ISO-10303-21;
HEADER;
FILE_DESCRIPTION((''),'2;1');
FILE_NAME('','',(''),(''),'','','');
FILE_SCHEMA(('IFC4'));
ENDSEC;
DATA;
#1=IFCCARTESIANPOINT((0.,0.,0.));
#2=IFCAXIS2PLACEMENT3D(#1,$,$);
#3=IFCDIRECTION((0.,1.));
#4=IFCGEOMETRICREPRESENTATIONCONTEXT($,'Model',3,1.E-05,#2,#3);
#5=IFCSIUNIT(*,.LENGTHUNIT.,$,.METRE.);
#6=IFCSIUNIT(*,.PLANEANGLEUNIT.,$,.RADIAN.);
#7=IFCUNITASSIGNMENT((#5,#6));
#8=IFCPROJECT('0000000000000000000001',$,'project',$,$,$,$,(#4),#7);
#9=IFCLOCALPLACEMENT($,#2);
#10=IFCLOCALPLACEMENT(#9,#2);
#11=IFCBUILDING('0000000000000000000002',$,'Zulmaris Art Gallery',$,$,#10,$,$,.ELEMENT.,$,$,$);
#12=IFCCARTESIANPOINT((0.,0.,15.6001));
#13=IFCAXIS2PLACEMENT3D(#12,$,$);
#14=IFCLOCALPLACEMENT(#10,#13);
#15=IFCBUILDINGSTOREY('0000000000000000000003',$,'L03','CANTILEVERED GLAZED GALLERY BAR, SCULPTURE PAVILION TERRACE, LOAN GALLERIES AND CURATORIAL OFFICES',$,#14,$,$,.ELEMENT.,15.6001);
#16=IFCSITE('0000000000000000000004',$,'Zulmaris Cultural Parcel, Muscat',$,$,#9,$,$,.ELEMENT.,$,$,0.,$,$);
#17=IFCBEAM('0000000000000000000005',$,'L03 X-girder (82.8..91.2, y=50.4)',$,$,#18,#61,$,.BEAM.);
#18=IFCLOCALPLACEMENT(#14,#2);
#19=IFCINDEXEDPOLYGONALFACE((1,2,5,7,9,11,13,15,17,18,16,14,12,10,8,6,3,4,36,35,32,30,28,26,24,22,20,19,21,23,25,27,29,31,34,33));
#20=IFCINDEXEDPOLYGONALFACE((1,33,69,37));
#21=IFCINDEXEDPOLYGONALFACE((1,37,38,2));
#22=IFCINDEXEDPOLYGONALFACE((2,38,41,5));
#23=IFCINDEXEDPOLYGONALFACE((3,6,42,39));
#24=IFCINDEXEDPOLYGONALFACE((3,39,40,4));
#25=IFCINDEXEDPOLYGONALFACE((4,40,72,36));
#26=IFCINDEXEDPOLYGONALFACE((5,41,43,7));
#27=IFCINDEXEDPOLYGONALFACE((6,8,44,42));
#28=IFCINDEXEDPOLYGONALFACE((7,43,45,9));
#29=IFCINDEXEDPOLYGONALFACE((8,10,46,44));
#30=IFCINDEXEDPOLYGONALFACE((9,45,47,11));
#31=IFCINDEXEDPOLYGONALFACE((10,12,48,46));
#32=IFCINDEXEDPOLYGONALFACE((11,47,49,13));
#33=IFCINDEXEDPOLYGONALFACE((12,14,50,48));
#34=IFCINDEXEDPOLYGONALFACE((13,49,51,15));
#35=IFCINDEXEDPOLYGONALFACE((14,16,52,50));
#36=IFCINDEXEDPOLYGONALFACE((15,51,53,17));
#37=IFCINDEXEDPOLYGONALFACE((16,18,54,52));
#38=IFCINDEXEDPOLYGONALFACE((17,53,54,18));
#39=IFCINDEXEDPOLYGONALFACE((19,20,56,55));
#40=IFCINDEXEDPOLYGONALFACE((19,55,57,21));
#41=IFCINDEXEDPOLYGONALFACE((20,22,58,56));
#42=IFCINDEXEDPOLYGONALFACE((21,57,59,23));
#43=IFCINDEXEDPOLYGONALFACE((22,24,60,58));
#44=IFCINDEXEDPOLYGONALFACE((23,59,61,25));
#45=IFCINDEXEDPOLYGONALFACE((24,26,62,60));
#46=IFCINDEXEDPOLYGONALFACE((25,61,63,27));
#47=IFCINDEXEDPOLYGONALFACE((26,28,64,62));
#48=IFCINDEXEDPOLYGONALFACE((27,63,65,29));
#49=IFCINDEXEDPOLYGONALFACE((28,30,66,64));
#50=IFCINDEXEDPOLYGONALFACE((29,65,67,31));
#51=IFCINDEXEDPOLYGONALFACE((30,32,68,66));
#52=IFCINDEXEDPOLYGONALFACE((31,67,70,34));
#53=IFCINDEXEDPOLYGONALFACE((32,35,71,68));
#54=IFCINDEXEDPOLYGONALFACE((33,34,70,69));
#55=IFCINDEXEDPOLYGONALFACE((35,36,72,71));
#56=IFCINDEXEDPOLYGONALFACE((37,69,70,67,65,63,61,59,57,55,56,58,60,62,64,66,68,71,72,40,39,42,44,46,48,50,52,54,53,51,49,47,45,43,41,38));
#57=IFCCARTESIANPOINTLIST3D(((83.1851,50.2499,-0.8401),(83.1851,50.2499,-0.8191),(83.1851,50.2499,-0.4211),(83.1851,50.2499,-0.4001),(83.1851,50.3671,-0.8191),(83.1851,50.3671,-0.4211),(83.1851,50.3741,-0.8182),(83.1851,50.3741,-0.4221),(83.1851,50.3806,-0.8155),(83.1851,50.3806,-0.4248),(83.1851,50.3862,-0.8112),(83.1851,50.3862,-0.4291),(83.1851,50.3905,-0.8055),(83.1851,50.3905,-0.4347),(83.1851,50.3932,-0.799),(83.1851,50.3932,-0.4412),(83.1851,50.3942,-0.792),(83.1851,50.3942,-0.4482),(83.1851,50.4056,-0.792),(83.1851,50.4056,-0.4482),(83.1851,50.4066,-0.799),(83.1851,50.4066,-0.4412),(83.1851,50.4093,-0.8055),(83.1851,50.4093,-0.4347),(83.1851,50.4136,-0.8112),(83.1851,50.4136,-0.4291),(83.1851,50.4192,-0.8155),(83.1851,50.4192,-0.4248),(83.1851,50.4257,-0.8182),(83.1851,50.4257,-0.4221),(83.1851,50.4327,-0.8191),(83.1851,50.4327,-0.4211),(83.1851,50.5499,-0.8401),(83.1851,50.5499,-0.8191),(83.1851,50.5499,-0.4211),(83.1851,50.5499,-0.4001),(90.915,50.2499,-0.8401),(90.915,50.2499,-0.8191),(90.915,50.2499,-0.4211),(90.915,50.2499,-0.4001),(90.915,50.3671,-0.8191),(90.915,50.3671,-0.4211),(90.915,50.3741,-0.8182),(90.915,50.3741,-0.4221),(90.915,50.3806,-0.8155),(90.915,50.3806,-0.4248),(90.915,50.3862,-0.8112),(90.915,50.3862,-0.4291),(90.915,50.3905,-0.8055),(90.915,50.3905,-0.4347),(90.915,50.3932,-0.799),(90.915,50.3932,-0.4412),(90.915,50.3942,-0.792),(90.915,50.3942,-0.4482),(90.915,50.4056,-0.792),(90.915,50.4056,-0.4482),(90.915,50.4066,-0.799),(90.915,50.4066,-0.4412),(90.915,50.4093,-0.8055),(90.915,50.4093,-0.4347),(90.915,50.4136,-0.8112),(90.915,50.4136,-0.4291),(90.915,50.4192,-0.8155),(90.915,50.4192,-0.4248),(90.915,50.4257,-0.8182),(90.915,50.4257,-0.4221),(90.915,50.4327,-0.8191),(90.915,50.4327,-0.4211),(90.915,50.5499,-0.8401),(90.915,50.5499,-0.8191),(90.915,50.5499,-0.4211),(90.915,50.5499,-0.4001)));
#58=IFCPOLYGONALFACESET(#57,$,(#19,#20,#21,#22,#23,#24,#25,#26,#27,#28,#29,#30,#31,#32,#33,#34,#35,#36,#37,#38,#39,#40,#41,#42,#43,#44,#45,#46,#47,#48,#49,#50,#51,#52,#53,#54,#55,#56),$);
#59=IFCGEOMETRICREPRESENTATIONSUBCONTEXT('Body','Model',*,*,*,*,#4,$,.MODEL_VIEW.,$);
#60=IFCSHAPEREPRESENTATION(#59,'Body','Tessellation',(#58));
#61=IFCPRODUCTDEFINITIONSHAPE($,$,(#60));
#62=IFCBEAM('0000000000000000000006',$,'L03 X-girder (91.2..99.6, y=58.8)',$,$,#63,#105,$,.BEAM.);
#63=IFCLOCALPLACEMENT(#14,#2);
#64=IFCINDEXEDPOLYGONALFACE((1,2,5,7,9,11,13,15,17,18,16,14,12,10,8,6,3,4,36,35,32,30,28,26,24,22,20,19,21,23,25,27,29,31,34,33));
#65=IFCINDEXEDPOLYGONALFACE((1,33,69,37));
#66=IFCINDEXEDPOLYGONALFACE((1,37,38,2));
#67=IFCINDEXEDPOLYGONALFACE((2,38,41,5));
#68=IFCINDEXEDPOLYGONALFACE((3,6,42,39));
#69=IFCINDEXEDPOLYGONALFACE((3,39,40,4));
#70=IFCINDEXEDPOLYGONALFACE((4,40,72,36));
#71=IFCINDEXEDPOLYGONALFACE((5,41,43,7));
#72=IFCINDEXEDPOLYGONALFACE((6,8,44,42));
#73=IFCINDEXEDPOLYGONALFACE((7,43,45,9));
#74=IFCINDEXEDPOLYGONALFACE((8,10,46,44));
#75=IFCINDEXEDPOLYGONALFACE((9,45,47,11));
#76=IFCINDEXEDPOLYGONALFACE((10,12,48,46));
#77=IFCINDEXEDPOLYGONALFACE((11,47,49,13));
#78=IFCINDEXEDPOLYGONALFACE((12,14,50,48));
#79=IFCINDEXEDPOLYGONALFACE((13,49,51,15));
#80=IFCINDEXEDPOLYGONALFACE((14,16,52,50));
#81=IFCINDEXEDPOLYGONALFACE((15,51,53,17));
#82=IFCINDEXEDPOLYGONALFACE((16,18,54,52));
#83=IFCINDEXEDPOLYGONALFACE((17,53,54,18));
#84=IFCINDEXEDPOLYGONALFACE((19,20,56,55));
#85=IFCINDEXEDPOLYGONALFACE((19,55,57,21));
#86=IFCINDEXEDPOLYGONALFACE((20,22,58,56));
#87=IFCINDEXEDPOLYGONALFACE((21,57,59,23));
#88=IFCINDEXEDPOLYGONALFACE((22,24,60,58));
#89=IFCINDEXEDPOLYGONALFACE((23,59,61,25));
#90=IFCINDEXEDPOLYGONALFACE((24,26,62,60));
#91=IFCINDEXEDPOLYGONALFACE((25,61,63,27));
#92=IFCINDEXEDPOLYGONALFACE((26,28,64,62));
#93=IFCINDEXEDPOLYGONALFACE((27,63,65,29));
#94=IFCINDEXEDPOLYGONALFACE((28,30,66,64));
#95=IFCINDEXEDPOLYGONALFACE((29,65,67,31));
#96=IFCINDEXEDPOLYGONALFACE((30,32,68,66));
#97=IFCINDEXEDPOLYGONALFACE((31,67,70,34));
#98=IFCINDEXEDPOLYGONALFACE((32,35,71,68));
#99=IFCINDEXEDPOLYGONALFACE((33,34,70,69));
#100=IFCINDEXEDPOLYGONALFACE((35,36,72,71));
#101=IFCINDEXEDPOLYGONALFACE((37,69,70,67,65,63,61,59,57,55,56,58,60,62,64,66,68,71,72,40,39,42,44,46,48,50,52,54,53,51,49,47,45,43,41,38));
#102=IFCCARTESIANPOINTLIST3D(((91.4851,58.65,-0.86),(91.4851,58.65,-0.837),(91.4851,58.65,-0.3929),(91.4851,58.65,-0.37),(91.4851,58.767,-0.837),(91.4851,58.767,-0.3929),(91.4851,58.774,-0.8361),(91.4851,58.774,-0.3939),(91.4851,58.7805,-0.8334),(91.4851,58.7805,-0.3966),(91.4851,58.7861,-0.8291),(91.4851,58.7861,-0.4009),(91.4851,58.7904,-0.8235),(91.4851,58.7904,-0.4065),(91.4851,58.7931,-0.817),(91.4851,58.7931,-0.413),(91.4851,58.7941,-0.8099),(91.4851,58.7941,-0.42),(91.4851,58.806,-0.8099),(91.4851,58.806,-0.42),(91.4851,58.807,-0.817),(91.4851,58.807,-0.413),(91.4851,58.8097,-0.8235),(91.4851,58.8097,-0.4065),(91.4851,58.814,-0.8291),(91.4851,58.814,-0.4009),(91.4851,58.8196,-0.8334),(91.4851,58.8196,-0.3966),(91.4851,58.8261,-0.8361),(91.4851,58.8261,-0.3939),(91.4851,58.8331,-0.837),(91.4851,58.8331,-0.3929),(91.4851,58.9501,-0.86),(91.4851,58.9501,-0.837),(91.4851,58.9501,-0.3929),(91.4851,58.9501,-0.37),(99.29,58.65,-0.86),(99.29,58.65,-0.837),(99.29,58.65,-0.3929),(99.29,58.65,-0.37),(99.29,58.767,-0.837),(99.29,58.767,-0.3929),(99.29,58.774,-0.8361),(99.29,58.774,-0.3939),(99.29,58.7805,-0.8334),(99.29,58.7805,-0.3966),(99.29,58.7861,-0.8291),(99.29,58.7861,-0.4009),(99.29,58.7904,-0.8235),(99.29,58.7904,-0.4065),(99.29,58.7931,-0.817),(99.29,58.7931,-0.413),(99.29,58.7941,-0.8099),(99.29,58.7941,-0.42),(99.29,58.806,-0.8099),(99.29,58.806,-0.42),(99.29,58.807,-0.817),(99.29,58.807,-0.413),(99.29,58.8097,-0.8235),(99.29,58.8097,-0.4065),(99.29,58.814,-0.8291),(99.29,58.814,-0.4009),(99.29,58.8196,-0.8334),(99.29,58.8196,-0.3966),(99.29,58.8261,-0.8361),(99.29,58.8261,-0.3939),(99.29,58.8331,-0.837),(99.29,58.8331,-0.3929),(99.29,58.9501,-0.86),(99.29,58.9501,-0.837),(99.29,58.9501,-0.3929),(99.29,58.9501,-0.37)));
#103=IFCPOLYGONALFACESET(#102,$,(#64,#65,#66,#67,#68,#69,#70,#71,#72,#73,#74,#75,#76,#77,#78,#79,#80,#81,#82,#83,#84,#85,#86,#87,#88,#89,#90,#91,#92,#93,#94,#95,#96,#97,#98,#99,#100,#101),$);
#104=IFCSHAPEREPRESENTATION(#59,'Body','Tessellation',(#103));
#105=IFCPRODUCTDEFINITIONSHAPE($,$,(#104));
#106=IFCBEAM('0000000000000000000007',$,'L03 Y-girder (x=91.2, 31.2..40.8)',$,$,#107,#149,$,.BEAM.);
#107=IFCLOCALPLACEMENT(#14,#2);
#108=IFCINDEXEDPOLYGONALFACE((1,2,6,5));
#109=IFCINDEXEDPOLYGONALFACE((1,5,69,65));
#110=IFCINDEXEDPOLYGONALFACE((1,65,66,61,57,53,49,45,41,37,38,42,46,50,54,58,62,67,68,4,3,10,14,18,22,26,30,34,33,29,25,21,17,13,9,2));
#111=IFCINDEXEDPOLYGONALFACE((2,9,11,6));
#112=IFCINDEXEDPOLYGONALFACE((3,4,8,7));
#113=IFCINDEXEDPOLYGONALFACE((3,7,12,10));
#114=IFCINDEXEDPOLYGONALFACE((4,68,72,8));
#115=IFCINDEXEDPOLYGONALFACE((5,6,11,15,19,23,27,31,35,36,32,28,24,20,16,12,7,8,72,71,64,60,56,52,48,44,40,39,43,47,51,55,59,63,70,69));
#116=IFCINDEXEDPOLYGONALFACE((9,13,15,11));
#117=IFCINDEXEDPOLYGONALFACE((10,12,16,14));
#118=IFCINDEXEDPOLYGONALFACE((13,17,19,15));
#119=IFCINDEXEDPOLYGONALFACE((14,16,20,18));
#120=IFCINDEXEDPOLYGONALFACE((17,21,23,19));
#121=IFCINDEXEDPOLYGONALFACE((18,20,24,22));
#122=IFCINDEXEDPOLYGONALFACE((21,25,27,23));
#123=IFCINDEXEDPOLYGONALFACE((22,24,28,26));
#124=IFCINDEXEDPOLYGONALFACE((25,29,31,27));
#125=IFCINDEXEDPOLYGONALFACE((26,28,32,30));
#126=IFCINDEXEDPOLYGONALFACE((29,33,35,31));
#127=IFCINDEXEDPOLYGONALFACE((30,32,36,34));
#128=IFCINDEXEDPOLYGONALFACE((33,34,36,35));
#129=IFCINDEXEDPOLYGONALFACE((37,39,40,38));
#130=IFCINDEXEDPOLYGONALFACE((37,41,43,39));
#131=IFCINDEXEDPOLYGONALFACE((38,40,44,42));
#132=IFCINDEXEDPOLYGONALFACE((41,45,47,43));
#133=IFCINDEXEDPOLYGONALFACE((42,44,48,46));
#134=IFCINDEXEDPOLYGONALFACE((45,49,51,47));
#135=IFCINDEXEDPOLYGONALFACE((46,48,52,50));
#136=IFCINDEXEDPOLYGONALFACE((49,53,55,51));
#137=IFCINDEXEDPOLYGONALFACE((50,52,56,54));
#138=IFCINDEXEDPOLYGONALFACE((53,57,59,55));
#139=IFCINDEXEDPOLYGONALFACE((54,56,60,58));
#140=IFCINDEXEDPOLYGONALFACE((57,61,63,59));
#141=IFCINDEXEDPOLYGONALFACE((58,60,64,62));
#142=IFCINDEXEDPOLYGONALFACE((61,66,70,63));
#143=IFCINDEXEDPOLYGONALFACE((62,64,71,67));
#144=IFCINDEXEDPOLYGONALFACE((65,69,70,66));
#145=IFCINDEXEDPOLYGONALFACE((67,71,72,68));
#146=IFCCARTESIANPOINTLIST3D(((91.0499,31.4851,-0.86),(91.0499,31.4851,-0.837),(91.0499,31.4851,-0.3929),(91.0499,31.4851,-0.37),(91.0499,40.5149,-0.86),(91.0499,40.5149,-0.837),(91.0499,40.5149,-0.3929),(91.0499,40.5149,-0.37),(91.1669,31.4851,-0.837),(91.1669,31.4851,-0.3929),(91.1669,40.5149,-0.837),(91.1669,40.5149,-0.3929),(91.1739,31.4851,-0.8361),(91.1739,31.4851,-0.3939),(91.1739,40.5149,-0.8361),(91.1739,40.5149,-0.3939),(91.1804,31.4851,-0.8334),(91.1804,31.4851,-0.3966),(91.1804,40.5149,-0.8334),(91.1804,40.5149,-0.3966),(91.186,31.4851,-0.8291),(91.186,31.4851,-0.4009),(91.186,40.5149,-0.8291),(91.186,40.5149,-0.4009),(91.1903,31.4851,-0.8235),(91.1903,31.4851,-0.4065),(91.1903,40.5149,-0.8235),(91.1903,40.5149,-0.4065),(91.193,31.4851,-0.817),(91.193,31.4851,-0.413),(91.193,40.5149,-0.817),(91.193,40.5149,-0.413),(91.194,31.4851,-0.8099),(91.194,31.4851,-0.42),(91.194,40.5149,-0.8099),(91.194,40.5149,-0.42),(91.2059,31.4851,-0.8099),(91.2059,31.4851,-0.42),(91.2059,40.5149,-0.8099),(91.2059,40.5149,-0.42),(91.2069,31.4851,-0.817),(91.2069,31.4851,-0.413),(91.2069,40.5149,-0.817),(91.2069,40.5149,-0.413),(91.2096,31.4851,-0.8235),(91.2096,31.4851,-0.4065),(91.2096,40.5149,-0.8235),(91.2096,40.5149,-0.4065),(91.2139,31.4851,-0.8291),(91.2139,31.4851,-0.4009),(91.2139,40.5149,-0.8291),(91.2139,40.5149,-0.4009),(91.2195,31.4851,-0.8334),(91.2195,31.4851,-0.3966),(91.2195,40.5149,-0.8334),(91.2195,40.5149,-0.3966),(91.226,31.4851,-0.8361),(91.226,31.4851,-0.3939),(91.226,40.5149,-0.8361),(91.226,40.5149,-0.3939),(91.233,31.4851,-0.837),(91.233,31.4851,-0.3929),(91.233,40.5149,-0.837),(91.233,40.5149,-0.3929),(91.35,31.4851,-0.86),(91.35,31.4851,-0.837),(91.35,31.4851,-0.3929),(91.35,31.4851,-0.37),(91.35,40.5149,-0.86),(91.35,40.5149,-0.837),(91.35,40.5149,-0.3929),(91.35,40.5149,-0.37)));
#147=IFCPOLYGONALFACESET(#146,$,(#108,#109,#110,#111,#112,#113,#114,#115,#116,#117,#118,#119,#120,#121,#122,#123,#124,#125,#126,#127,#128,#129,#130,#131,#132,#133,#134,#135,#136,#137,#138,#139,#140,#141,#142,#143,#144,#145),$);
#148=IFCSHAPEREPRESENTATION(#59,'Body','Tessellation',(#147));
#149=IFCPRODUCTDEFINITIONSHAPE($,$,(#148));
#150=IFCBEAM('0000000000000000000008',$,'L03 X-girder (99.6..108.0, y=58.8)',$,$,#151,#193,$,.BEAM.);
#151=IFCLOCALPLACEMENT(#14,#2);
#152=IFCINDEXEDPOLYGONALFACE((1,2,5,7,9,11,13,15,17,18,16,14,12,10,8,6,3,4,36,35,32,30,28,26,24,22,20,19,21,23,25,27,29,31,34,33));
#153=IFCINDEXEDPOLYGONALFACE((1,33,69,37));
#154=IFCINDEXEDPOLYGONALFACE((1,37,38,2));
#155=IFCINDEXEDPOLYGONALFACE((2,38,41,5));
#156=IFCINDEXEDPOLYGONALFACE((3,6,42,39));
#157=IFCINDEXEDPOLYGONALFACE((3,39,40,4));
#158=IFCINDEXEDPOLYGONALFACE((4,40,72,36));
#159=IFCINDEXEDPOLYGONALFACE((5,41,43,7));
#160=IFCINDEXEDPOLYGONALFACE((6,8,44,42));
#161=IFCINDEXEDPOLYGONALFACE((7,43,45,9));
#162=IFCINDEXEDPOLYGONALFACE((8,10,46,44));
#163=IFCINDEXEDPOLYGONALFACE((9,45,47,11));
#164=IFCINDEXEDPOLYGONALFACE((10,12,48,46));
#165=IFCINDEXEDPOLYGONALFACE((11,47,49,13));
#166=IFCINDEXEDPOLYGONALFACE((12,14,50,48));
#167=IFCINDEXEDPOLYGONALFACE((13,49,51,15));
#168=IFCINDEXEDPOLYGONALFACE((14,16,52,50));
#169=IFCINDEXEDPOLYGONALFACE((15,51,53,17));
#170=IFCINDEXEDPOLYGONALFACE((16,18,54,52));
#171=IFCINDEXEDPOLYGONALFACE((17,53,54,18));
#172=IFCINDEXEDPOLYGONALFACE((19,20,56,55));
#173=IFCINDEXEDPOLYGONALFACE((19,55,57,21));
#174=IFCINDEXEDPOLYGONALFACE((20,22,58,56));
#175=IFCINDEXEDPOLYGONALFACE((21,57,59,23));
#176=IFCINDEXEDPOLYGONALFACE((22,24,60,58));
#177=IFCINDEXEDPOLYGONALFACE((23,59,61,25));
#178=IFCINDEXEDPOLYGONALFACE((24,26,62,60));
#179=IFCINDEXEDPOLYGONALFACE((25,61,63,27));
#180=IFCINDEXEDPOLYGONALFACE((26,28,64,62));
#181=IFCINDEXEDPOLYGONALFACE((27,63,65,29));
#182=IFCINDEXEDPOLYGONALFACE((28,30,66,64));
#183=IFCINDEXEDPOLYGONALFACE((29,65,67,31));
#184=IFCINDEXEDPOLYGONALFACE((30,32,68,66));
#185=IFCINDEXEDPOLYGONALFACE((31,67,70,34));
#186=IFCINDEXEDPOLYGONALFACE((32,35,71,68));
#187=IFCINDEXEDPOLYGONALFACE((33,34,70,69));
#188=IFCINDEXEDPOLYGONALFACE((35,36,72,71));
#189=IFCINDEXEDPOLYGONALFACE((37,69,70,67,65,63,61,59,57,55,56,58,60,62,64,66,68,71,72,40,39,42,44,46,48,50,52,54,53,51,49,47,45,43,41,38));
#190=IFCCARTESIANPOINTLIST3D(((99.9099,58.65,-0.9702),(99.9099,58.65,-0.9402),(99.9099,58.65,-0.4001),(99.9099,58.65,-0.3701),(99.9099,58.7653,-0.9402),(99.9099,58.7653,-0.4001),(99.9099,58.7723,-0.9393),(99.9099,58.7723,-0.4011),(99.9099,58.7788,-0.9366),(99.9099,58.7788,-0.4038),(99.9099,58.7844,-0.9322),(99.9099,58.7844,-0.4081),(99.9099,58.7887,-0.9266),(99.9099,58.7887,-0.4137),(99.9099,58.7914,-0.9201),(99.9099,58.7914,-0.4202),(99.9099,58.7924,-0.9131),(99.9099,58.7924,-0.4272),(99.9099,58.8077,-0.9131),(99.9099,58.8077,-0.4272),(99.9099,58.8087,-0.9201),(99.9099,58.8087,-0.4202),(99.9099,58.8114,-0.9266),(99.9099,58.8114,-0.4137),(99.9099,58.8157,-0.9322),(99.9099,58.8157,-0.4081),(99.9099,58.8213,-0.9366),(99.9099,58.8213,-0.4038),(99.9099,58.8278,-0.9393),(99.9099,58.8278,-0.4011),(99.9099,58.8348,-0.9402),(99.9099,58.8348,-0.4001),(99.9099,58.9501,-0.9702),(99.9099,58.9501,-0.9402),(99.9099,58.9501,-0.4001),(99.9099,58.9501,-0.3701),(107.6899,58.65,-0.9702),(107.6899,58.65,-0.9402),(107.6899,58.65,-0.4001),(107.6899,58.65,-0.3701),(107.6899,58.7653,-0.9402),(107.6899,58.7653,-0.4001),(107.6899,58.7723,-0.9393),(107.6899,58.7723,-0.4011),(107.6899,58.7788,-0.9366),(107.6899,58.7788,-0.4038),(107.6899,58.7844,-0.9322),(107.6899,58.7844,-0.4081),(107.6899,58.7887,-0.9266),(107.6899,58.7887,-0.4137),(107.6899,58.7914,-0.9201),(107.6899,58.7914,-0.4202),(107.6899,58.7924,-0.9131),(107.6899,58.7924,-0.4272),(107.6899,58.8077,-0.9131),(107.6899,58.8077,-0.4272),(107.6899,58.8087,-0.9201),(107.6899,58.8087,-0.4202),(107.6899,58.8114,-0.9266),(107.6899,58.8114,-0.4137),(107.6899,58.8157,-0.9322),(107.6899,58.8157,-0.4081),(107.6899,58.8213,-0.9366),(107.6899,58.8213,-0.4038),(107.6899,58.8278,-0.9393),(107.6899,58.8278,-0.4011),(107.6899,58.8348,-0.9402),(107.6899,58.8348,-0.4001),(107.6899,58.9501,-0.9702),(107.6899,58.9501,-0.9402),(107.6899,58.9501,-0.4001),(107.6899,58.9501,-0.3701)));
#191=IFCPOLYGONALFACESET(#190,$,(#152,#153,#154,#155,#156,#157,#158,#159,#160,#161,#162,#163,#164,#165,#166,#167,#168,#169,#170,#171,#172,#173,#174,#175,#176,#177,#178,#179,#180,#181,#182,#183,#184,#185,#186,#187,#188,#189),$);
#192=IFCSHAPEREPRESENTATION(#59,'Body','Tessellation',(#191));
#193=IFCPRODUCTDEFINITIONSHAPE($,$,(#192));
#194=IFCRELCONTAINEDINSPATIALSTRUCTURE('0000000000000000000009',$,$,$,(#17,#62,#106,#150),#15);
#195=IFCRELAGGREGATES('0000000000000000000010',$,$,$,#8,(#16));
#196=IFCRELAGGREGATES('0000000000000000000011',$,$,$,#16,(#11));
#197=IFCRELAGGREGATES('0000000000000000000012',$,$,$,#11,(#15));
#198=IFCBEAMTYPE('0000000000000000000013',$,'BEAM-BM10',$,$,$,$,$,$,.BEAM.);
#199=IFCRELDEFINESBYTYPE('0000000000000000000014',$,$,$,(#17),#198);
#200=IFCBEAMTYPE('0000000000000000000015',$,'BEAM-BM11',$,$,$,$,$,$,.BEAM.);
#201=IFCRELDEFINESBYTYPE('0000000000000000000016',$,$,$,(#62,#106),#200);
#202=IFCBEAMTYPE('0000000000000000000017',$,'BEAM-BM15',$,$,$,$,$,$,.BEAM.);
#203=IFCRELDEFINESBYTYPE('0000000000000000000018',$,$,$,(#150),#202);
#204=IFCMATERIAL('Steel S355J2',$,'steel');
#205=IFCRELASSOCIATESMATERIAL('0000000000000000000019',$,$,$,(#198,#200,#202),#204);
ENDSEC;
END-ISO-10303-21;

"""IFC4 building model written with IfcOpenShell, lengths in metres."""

from ifc_helpers import new_model, si_unit, direction, frame, origin, origin_2d, place, context, subcontext, project, spatial, i_section, extrude, material, material_profile, profile_set, type_object, element, save


model = new_model("IFC4")

# Units and contexts
model_context = context("Model", 3, precision=1e-05, world=origin(), true_north=direction((0.0, 1.0)))
body_context = subcontext(model_context, "Body", "Model", "MODEL_VIEW")
ifc_project = project(units=[si_unit("LENGTHUNIT", "METRE"), si_unit("PLANEANGLEUNIT", "RADIAN")], contexts=[model_context])

# Site, building, storey
site_placement = place(None, origin())
site = spatial("IfcSite", under=ifc_project, at=site_placement, Name="Zulmaris Cultural Parcel, Muscat", CompositionType="ELEMENT", RefElevation=0.0)
building_placement = place(site_placement, origin())
building = spatial("IfcBuilding", under=site, at=building_placement, Name="Zulmaris Art Gallery", CompositionType="ELEMENT")
storey_placement = place(building_placement, frame((0.0, 0.0, 15.6001)))
storey = spatial("IfcBuildingStorey", under=building, at=storey_placement, Name="L03", Description="CANTILEVERED GLAZED GALLERY BAR, SCULPTURE PAVILION TERRACE, LOAN GALLERIES AND CURATORIAL OFFICES", CompositionType="ELEMENT", Elevation=15.6001)

# Beams
ifc_material_1 = material(Name="Steel S355J2", Category="steel")
ifc_material_profile_1 = material_profile(ifc_material_1, i_section(OverallWidth=0.3, OverallDepth=0.4399, WebThickness=0.0115, FlangeThickness=0.021, FilletRadius=0.0271, at=origin_2d()), Name="HEA 450")
ifc_profile_set_1 = profile_set([ifc_material_profile_1], Name="Steel S355J2")
beam_type_1 = type_object("IfcBeamType", Name="BEAM-BM10", PredefinedType="BEAM", material=ifc_profile_set_1)
beam_1_placement = place(storey_placement, frame((83.1851, 50.3999, -0.6201), z_axis=(1.0, 0.0, 0.0), x_axis=(0.0, 1.0, 0.0)))
element("IfcBeam", 1, at=beam_1_placement, inside=storey, type_object=beam_type_1, Name="L03 X-girder (82.8..91.2, y=50.4)", PredefinedType="BEAM", context=body_context, shape_type="SweptSolid", body=[
    extrude(i_section(OverallWidth=0.3, OverallDepth=0.4399, WebThickness=0.0115, FlangeThickness=0.021, FilletRadius=0.0271, at=origin_2d()), origin(), (0.0, 0.0, 1.0), 7.73),
])
ifc_material_profile_2 = material_profile(ifc_material_1, i_section(OverallWidth=0.3, OverallDepth=0.49, WebThickness=0.012, FlangeThickness=0.0229, FilletRadius=0.0271, at=origin_2d()), Name="HEA 500")
ifc_profile_set_2 = profile_set([ifc_material_profile_2], Name="Steel S355J2")
beam_type_2 = type_object("IfcBeamType", Name="BEAM-BM11", PredefinedType="BEAM", material=ifc_profile_set_2)
beam_2_placement = place(storey_placement, frame((91.4851, 58.8, -0.615), z_axis=(1.0, 0.0, 0.0), x_axis=(0.0, 1.0, 0.0)))
element("IfcBeam", 2, at=beam_2_placement, inside=storey, type_object=beam_type_2, Name="L03 X-girder (91.2..99.6, y=58.8)", PredefinedType="BEAM", context=body_context, shape_type="SweptSolid", body=[
    extrude(i_section(OverallWidth=0.3, OverallDepth=0.49, WebThickness=0.012, FlangeThickness=0.0229, FilletRadius=0.0271, at=origin_2d()), origin(), (0.0, 0.0, 1.0), 7.8049),
])
beam_3_placement = place(storey_placement, frame((91.2, 31.4851, -0.615), z_axis=(0.0, 1.0, 0.0), x_axis=(-1.0, 0.0, 0.0)))
element("IfcBeam", 3, at=beam_3_placement, inside=storey, type_object=beam_type_2, Name="L03 Y-girder (x=91.2, 31.2..40.8)", PredefinedType="BEAM", context=body_context, shape_type="SweptSolid", body=[
    extrude(i_section(OverallWidth=0.3, OverallDepth=0.49, WebThickness=0.012, FlangeThickness=0.0229, FilletRadius=0.0271, at=origin_2d()), origin(), (0.0, 0.0, 1.0), 9.0298),
])
ifc_material_profile_3 = material_profile(ifc_material_1, i_section(OverallWidth=0.3, OverallDepth=0.6001, WebThickness=0.0154, FlangeThickness=0.03, FilletRadius=0.0271, at=origin_2d()), Name="HEB 600")
ifc_profile_set_3 = profile_set([ifc_material_profile_3], Name="Steel S355J2")
beam_type_3 = type_object("IfcBeamType", Name="BEAM-BM15", PredefinedType="BEAM", material=ifc_profile_set_3)
beam_4_placement = place(storey_placement, frame((99.9099, 58.8, -0.6702), z_axis=(1.0, 0.0, 0.0), x_axis=(0.0, 1.0, 0.0)))
element("IfcBeam", 4, at=beam_4_placement, inside=storey, type_object=beam_type_3, Name="L03 X-girder (99.6..108.0, y=58.8)", PredefinedType="BEAM", context=body_context, shape_type="SweptSolid", body=[
    extrude(i_section(OverallWidth=0.3, OverallDepth=0.6001, WebThickness=0.0154, FlangeThickness=0.03, FilletRadius=0.0271, at=origin_2d()), origin(), (0.0, 0.0, 1.0), 7.78),
])

save(model, "model.ifc")
